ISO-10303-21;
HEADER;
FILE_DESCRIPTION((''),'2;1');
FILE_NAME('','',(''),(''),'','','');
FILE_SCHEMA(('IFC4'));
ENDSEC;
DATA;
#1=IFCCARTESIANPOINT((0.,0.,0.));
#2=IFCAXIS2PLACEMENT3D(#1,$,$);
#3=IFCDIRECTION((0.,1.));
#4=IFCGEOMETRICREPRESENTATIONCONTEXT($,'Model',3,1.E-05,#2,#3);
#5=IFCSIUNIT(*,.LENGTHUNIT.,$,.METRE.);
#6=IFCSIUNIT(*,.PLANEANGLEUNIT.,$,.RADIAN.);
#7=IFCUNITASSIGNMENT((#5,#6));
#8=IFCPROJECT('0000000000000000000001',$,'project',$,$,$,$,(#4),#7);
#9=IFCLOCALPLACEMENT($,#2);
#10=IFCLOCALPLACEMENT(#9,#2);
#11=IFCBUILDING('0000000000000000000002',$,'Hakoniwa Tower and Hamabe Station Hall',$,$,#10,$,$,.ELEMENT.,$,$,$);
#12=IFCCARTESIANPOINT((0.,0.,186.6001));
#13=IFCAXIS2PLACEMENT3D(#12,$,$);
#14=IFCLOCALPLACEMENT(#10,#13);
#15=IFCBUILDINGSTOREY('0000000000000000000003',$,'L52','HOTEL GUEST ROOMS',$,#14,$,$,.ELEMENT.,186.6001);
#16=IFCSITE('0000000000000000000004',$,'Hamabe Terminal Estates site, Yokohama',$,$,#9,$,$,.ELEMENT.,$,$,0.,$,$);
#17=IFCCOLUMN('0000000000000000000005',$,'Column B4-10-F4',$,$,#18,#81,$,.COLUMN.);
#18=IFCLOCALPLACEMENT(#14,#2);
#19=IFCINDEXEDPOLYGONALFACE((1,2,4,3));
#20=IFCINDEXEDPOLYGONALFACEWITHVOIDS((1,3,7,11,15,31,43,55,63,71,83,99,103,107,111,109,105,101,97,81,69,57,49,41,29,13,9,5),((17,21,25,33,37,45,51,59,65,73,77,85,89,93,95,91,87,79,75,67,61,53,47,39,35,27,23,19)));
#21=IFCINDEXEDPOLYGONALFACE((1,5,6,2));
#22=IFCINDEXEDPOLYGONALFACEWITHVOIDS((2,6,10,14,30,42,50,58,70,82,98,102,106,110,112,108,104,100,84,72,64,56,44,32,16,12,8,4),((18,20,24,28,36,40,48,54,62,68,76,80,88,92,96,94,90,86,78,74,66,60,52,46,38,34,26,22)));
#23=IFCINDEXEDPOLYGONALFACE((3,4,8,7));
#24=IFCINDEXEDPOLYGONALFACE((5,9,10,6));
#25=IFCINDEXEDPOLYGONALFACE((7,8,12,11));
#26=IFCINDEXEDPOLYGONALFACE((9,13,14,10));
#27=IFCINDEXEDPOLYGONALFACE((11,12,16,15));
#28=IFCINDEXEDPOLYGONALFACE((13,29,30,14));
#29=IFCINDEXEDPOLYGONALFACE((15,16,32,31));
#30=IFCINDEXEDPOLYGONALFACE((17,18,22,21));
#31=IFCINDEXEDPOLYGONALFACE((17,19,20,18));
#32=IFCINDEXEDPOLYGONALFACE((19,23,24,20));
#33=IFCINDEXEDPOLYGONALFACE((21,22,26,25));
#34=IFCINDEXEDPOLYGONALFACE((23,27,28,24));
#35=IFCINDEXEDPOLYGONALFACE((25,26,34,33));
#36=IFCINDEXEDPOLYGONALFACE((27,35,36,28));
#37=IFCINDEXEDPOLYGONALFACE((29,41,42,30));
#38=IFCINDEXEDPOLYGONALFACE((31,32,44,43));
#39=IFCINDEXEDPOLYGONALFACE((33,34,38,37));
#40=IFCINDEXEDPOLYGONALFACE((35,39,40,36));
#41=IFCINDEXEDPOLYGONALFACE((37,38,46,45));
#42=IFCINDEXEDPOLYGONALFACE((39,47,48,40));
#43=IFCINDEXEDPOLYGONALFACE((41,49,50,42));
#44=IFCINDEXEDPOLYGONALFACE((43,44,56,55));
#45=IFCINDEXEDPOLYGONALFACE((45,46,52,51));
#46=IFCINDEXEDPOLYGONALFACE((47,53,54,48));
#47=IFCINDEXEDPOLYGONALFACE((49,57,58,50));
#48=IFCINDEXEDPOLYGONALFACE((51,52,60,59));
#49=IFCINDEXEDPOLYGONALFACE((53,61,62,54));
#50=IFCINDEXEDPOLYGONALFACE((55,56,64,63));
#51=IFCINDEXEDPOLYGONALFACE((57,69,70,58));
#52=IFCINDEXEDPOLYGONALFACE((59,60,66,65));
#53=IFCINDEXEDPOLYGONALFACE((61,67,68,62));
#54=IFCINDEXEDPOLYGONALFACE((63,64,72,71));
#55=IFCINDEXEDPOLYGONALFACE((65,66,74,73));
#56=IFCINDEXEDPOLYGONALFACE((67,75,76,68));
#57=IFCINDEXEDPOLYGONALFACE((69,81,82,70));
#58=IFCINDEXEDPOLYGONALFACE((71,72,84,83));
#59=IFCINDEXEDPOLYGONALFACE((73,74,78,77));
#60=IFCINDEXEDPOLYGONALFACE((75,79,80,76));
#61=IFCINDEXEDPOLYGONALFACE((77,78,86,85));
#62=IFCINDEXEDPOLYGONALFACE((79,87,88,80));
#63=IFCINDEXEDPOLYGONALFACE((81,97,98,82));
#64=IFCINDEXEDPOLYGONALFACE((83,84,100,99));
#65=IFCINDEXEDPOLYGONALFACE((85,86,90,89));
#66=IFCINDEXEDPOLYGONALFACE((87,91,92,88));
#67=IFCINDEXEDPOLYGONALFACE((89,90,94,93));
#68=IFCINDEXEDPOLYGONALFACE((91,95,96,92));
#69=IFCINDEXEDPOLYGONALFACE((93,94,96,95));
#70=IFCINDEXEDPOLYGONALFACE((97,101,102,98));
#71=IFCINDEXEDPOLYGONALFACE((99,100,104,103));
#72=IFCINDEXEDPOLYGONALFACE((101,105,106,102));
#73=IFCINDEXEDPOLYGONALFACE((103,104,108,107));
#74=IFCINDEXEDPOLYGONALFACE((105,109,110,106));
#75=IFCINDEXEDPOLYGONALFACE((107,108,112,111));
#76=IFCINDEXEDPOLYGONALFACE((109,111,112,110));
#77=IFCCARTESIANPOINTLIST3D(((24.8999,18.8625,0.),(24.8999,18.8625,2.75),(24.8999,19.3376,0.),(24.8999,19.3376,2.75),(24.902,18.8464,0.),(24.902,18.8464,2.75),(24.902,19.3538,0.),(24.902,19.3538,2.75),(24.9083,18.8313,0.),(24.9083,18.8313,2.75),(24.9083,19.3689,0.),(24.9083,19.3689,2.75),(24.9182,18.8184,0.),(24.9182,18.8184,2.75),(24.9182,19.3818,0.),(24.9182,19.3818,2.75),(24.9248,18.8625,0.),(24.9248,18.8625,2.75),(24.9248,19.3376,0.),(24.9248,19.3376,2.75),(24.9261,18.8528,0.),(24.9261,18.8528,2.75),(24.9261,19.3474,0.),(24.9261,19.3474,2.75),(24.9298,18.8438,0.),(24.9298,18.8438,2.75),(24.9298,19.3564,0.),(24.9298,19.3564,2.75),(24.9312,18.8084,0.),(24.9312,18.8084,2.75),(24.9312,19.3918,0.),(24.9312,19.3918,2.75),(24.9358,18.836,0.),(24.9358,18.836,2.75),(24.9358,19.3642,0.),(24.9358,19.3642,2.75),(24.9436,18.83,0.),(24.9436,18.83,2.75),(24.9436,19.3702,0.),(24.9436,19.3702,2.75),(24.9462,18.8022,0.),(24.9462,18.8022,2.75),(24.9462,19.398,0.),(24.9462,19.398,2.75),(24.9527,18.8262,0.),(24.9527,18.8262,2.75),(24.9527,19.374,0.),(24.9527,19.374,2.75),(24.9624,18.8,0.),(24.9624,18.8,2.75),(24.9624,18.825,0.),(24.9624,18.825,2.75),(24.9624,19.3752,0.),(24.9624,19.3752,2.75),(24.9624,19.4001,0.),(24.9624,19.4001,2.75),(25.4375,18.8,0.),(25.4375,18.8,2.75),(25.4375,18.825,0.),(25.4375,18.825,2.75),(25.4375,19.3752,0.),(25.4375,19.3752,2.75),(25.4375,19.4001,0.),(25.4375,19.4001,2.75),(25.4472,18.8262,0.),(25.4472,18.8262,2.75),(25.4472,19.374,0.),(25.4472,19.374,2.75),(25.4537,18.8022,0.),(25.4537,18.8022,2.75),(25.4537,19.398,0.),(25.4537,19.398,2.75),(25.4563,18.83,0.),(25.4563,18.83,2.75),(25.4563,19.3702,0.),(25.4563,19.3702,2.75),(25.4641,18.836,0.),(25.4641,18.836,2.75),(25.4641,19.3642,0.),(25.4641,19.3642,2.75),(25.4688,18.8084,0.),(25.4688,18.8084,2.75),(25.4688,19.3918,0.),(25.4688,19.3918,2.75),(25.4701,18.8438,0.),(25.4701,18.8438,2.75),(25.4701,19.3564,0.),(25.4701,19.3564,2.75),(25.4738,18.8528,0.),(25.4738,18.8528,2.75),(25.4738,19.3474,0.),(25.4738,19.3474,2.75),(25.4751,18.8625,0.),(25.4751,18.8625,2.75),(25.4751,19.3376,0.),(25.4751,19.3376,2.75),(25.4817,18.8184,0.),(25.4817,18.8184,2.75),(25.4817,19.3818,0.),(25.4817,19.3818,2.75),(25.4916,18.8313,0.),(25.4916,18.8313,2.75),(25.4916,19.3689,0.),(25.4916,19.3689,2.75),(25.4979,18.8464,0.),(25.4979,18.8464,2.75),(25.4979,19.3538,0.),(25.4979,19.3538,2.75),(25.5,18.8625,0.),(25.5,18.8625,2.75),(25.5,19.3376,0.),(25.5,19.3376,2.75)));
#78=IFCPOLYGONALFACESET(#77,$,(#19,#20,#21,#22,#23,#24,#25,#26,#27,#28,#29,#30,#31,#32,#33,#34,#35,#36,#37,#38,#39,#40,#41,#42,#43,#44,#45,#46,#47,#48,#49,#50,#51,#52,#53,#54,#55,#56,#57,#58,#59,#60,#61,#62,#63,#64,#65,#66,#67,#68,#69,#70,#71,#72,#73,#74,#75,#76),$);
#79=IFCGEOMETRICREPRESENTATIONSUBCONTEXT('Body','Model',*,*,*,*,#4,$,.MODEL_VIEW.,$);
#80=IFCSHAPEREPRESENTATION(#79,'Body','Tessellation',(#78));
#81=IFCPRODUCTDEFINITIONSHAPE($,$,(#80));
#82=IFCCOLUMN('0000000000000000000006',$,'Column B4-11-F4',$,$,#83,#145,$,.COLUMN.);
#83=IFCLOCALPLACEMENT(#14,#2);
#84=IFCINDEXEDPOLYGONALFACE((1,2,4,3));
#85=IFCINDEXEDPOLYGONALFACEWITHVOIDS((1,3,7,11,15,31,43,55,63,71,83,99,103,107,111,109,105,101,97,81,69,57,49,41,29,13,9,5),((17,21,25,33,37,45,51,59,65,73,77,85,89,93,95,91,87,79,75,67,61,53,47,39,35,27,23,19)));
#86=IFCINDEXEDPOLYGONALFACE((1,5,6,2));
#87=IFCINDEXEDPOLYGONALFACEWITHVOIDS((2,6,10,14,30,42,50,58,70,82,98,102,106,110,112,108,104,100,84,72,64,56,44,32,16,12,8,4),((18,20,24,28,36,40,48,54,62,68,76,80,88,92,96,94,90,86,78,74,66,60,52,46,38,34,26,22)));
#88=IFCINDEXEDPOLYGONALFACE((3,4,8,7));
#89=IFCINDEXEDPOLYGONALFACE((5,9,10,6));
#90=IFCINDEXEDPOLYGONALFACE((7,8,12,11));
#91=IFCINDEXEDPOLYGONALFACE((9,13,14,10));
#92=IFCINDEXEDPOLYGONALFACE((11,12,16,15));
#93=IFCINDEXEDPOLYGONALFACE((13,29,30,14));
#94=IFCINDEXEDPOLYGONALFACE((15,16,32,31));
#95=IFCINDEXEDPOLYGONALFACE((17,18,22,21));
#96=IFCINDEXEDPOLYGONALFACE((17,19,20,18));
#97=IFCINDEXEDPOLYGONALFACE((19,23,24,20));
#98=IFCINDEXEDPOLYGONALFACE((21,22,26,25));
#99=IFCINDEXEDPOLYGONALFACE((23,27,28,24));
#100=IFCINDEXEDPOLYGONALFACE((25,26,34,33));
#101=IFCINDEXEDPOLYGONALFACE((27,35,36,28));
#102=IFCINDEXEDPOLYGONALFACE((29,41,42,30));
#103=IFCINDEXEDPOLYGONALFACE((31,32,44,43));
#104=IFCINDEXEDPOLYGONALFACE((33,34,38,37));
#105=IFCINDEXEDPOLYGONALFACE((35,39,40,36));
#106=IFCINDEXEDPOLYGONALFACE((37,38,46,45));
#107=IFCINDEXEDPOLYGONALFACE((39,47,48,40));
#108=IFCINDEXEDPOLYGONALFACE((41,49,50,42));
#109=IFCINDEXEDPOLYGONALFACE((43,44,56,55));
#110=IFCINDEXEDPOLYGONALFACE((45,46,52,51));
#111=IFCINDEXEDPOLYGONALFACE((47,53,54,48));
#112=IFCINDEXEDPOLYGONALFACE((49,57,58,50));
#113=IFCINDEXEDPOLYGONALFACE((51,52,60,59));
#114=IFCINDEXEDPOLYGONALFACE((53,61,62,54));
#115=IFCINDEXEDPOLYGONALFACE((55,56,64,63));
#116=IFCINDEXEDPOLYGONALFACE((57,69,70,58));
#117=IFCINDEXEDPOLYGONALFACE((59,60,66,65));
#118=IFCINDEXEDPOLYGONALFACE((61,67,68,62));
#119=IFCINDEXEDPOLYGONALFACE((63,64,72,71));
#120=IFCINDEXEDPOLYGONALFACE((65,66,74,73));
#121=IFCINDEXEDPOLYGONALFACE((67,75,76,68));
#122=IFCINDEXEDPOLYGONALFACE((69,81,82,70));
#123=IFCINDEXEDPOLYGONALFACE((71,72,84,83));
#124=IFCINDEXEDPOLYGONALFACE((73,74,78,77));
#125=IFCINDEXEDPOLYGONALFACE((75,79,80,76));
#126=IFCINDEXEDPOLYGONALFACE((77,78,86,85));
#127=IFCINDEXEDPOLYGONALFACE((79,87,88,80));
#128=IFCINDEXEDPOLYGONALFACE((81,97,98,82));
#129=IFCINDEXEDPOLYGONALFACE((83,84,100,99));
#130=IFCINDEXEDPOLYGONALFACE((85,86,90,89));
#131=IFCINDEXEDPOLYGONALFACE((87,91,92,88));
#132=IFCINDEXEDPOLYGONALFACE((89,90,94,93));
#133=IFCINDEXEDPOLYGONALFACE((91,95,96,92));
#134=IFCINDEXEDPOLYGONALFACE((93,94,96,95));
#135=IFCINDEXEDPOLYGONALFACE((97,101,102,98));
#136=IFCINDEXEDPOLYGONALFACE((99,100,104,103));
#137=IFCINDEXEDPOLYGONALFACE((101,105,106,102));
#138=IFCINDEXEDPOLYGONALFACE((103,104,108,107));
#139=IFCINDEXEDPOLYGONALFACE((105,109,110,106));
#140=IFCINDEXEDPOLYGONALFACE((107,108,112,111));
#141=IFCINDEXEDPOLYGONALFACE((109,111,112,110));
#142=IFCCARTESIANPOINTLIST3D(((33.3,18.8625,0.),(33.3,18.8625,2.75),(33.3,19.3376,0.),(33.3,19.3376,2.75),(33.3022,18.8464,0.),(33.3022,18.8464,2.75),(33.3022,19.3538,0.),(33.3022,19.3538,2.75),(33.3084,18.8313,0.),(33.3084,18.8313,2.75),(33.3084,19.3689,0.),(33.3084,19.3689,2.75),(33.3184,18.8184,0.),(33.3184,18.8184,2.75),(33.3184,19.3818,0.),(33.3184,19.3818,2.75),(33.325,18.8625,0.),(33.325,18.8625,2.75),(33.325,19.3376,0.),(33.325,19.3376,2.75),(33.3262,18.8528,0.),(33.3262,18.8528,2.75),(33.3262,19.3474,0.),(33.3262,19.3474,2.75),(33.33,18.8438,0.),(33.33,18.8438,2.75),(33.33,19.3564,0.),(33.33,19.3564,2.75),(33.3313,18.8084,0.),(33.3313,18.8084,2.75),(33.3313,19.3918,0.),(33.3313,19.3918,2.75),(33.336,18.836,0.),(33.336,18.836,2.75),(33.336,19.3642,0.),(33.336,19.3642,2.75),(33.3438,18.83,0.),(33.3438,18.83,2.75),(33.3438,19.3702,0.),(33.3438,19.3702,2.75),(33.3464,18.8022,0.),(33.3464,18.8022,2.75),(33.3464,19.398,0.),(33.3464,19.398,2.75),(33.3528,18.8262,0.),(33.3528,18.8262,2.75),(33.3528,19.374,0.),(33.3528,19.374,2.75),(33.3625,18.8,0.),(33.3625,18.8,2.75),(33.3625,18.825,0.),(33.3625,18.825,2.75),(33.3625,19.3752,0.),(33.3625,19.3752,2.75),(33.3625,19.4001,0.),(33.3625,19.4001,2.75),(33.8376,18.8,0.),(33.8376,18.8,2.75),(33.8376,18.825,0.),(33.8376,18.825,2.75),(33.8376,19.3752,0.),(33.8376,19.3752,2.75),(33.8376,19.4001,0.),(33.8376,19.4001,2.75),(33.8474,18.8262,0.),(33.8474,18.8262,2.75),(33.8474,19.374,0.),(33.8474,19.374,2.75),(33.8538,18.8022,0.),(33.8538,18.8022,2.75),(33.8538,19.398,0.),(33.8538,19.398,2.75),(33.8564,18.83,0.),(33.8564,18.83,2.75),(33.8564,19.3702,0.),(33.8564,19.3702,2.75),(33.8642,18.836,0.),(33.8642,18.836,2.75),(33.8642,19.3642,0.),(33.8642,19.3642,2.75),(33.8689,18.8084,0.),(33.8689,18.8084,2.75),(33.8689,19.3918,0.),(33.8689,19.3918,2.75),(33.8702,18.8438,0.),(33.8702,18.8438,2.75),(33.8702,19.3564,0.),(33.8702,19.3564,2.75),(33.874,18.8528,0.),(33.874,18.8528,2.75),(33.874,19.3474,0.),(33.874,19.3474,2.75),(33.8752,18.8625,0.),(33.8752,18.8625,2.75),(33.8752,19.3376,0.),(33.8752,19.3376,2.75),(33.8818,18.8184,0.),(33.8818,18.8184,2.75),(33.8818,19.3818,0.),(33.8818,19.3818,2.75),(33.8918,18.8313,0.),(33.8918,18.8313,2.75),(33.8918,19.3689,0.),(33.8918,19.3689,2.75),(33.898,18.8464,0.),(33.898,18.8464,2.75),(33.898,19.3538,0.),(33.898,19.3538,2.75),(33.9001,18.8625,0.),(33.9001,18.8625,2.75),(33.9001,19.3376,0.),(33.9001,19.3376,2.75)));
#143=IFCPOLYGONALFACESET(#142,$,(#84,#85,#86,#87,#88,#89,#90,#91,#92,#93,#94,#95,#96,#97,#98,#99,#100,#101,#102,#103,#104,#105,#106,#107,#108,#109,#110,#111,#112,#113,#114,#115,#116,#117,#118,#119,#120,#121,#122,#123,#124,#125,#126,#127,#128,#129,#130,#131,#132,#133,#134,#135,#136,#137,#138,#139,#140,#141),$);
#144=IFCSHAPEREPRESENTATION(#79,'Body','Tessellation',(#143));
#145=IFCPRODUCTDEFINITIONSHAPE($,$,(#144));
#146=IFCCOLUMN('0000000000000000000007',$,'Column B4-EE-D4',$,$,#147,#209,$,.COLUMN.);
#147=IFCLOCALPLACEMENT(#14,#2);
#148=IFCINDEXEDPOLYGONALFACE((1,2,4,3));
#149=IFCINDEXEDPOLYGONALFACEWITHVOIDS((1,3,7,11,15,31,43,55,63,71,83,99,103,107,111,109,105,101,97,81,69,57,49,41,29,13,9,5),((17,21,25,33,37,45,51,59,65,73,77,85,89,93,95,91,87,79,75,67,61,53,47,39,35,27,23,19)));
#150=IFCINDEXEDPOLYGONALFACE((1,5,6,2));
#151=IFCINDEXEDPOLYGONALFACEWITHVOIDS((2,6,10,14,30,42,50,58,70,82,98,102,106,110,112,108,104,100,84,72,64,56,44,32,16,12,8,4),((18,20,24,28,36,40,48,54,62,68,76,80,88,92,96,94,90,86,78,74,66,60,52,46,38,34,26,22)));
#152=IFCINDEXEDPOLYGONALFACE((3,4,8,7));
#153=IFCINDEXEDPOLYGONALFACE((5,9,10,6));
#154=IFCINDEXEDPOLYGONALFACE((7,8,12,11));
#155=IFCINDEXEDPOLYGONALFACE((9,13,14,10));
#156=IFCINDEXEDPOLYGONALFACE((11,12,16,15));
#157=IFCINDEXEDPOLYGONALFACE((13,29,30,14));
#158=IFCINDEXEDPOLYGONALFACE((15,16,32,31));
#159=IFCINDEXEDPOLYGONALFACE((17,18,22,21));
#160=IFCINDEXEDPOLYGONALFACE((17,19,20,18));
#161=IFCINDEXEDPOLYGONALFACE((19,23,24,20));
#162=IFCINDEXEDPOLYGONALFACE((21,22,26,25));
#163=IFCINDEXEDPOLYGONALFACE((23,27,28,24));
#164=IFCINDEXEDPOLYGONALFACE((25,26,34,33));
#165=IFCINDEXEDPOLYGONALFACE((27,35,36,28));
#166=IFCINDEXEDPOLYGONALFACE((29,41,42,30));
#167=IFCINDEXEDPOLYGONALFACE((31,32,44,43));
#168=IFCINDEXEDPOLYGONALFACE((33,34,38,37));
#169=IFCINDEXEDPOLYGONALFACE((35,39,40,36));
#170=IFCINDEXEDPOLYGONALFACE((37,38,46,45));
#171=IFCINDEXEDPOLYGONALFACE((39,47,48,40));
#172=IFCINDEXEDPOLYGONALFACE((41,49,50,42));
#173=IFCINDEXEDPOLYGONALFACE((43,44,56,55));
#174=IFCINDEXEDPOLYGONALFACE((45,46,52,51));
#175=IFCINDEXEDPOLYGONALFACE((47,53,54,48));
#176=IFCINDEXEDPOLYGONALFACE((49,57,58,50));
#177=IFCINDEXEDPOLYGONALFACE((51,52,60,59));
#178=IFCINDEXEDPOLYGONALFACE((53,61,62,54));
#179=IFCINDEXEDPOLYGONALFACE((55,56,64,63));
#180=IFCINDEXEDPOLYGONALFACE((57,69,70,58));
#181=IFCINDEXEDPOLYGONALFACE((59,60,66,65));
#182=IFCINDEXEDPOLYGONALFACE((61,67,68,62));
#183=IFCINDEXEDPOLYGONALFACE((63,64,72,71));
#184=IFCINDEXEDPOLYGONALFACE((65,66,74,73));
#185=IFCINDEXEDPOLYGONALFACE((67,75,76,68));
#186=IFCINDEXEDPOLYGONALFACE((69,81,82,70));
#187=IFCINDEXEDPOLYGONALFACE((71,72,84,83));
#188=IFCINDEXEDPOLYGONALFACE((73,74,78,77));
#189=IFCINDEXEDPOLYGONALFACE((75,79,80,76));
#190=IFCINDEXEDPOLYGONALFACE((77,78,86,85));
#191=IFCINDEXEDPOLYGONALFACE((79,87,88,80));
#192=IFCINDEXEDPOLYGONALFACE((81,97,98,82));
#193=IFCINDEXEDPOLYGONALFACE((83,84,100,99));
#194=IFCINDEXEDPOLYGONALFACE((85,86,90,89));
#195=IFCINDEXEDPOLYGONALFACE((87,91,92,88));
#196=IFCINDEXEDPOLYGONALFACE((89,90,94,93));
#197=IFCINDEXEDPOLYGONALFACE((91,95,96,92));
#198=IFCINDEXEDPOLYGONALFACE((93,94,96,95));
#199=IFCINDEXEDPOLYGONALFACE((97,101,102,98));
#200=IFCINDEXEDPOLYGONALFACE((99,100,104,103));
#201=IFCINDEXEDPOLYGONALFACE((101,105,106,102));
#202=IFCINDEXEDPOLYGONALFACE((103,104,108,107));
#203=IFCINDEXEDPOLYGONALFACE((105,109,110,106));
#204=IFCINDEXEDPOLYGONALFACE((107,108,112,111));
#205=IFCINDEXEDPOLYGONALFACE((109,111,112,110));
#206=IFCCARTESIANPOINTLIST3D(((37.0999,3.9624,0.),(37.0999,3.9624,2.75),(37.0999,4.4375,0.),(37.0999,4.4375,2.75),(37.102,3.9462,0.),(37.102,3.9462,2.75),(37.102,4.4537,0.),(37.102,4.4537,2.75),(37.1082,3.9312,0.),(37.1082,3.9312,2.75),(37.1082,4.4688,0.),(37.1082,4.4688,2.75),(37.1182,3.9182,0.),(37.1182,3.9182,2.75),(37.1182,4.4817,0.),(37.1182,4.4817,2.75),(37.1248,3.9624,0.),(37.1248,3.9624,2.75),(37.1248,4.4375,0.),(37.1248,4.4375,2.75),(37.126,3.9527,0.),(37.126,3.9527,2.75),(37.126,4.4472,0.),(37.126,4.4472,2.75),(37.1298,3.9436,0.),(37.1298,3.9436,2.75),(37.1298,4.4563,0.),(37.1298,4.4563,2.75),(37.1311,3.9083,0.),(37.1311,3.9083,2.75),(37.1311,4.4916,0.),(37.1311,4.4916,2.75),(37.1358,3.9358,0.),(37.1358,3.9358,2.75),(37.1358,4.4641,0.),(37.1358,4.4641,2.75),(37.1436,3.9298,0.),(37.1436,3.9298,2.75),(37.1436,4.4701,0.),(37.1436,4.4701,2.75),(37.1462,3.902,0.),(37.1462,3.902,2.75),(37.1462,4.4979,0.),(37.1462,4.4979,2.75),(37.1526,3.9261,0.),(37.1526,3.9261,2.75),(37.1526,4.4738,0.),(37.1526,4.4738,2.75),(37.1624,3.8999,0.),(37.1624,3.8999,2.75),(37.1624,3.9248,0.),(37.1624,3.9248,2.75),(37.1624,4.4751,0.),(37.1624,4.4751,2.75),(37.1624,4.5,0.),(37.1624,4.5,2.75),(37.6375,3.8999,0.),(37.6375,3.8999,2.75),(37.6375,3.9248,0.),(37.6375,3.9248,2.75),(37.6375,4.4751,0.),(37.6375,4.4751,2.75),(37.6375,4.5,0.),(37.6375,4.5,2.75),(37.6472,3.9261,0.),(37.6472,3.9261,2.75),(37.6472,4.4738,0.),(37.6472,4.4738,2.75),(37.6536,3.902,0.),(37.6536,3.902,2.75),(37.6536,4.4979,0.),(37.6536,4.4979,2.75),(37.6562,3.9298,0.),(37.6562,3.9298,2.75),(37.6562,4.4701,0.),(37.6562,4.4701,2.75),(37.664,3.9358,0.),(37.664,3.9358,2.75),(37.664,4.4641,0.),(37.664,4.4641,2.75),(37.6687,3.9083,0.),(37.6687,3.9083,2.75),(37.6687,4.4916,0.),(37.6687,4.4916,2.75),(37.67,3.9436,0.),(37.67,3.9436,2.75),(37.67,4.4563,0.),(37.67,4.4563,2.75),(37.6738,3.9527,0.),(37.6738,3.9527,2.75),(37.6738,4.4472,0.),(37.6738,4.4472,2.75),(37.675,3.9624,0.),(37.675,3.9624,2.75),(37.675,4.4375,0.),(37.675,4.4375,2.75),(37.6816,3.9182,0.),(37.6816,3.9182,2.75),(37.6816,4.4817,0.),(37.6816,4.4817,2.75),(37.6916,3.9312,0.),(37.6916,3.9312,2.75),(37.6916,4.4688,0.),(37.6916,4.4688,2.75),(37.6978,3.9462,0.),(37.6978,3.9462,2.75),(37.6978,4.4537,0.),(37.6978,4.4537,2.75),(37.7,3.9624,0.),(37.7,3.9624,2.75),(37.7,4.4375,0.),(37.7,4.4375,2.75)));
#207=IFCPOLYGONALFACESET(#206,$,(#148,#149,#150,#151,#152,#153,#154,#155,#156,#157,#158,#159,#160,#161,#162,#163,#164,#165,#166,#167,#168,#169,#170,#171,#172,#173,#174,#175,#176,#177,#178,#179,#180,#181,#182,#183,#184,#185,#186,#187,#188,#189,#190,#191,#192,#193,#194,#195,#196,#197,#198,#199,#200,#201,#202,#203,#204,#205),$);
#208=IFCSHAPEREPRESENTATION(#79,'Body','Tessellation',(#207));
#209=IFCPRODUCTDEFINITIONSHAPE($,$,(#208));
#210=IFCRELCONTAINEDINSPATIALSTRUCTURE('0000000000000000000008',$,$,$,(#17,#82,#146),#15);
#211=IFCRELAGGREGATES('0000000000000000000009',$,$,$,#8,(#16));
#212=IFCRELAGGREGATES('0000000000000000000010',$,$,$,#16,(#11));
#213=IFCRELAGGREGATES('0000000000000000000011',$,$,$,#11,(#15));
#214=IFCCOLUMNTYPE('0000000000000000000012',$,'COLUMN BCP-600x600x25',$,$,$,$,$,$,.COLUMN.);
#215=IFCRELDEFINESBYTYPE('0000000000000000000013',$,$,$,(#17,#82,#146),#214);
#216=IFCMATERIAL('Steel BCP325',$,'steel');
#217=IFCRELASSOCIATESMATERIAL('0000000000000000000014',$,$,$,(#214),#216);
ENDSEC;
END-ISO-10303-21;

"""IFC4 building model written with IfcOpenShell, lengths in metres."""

from ifc_helpers import new_model, si_unit, direction, frame, origin, origin_2d, place, context, subcontext, project, spatial, hollow_rectangle, extrude, material, material_profile, profile_set, type_object, element, save


model = new_model("IFC4")

# Units and contexts
model_context = context("Model", 3, precision=1e-05, world=origin(), true_north=direction((0.0, 1.0)))
body_context = subcontext(model_context, "Body", "Model", "MODEL_VIEW")
ifc_project = project(units=[si_unit("LENGTHUNIT", "METRE"), si_unit("PLANEANGLEUNIT", "RADIAN")], contexts=[model_context])

# Site, building, storey
site_placement = place(None, origin())
site = spatial("IfcSite", under=ifc_project, at=site_placement, Name="Hamabe Terminal Estates site, Yokohama", CompositionType="ELEMENT", RefElevation=0.0)
building_placement = place(site_placement, origin())
building = spatial("IfcBuilding", under=site, at=building_placement, Name="Hakoniwa Tower and Hamabe Station Hall", CompositionType="ELEMENT")
storey_placement = place(building_placement, frame((0.0, 0.0, 186.6001)))
storey = spatial("IfcBuildingStorey", under=building, at=storey_placement, Name="L52", Description="HOTEL GUEST ROOMS", CompositionType="ELEMENT", Elevation=186.6001)

# Columns
ifc_material_1 = material(Name="Steel BCP325", Category="steel")
ifc_material_profile_1 = material_profile(ifc_material_1, hollow_rectangle(XDim=0.6001, YDim=0.6001, WallThickness=0.0249, InnerFilletRadius=0.0376, OuterFilletRadius=0.0625, at=origin_2d()), Name="BCP-600x600x25")
ifc_profile_set_1 = profile_set([ifc_material_profile_1], Name="Steel BCP325")
column_type = type_object("IfcColumnType", Name="COLUMN BCP-600x600x25", PredefinedType="COLUMN", material=ifc_profile_set_1)
for number, where, z_axis, x_axis, name in (
    (1, (25.2, 19.1001, 0.0), (0.0, 0.0, 1.0), (1.0, 0.0, 0.0), "Column B4-10-F4"),
    (2, (33.6001, 19.1001, 0.0), (0.0, 0.0, 1.0), (1.0, 0.0, 0.0), "Column B4-11-F4"),
    (3, (37.3999, 4.2, 0.0), (0.0, 0.0, 1.0), (1.0, 0.0, 0.0), "Column B4-EE-D4"),
):
    element("IfcColumn", number, at=place(storey_placement, frame(where, z_axis=z_axis, x_axis=x_axis)), inside=storey, type_object=column_type, Name=name, PredefinedType="COLUMN", context=body_context, shape_type="SweptSolid", body=[
        extrude(hollow_rectangle(XDim=0.6001, YDim=0.6001, WallThickness=0.0249, InnerFilletRadius=0.0376, OuterFilletRadius=0.0625, at=origin_2d()), origin(), (0.0, 0.0, 1.0), 2.75),
    ])

save(model, "model.ifc")
